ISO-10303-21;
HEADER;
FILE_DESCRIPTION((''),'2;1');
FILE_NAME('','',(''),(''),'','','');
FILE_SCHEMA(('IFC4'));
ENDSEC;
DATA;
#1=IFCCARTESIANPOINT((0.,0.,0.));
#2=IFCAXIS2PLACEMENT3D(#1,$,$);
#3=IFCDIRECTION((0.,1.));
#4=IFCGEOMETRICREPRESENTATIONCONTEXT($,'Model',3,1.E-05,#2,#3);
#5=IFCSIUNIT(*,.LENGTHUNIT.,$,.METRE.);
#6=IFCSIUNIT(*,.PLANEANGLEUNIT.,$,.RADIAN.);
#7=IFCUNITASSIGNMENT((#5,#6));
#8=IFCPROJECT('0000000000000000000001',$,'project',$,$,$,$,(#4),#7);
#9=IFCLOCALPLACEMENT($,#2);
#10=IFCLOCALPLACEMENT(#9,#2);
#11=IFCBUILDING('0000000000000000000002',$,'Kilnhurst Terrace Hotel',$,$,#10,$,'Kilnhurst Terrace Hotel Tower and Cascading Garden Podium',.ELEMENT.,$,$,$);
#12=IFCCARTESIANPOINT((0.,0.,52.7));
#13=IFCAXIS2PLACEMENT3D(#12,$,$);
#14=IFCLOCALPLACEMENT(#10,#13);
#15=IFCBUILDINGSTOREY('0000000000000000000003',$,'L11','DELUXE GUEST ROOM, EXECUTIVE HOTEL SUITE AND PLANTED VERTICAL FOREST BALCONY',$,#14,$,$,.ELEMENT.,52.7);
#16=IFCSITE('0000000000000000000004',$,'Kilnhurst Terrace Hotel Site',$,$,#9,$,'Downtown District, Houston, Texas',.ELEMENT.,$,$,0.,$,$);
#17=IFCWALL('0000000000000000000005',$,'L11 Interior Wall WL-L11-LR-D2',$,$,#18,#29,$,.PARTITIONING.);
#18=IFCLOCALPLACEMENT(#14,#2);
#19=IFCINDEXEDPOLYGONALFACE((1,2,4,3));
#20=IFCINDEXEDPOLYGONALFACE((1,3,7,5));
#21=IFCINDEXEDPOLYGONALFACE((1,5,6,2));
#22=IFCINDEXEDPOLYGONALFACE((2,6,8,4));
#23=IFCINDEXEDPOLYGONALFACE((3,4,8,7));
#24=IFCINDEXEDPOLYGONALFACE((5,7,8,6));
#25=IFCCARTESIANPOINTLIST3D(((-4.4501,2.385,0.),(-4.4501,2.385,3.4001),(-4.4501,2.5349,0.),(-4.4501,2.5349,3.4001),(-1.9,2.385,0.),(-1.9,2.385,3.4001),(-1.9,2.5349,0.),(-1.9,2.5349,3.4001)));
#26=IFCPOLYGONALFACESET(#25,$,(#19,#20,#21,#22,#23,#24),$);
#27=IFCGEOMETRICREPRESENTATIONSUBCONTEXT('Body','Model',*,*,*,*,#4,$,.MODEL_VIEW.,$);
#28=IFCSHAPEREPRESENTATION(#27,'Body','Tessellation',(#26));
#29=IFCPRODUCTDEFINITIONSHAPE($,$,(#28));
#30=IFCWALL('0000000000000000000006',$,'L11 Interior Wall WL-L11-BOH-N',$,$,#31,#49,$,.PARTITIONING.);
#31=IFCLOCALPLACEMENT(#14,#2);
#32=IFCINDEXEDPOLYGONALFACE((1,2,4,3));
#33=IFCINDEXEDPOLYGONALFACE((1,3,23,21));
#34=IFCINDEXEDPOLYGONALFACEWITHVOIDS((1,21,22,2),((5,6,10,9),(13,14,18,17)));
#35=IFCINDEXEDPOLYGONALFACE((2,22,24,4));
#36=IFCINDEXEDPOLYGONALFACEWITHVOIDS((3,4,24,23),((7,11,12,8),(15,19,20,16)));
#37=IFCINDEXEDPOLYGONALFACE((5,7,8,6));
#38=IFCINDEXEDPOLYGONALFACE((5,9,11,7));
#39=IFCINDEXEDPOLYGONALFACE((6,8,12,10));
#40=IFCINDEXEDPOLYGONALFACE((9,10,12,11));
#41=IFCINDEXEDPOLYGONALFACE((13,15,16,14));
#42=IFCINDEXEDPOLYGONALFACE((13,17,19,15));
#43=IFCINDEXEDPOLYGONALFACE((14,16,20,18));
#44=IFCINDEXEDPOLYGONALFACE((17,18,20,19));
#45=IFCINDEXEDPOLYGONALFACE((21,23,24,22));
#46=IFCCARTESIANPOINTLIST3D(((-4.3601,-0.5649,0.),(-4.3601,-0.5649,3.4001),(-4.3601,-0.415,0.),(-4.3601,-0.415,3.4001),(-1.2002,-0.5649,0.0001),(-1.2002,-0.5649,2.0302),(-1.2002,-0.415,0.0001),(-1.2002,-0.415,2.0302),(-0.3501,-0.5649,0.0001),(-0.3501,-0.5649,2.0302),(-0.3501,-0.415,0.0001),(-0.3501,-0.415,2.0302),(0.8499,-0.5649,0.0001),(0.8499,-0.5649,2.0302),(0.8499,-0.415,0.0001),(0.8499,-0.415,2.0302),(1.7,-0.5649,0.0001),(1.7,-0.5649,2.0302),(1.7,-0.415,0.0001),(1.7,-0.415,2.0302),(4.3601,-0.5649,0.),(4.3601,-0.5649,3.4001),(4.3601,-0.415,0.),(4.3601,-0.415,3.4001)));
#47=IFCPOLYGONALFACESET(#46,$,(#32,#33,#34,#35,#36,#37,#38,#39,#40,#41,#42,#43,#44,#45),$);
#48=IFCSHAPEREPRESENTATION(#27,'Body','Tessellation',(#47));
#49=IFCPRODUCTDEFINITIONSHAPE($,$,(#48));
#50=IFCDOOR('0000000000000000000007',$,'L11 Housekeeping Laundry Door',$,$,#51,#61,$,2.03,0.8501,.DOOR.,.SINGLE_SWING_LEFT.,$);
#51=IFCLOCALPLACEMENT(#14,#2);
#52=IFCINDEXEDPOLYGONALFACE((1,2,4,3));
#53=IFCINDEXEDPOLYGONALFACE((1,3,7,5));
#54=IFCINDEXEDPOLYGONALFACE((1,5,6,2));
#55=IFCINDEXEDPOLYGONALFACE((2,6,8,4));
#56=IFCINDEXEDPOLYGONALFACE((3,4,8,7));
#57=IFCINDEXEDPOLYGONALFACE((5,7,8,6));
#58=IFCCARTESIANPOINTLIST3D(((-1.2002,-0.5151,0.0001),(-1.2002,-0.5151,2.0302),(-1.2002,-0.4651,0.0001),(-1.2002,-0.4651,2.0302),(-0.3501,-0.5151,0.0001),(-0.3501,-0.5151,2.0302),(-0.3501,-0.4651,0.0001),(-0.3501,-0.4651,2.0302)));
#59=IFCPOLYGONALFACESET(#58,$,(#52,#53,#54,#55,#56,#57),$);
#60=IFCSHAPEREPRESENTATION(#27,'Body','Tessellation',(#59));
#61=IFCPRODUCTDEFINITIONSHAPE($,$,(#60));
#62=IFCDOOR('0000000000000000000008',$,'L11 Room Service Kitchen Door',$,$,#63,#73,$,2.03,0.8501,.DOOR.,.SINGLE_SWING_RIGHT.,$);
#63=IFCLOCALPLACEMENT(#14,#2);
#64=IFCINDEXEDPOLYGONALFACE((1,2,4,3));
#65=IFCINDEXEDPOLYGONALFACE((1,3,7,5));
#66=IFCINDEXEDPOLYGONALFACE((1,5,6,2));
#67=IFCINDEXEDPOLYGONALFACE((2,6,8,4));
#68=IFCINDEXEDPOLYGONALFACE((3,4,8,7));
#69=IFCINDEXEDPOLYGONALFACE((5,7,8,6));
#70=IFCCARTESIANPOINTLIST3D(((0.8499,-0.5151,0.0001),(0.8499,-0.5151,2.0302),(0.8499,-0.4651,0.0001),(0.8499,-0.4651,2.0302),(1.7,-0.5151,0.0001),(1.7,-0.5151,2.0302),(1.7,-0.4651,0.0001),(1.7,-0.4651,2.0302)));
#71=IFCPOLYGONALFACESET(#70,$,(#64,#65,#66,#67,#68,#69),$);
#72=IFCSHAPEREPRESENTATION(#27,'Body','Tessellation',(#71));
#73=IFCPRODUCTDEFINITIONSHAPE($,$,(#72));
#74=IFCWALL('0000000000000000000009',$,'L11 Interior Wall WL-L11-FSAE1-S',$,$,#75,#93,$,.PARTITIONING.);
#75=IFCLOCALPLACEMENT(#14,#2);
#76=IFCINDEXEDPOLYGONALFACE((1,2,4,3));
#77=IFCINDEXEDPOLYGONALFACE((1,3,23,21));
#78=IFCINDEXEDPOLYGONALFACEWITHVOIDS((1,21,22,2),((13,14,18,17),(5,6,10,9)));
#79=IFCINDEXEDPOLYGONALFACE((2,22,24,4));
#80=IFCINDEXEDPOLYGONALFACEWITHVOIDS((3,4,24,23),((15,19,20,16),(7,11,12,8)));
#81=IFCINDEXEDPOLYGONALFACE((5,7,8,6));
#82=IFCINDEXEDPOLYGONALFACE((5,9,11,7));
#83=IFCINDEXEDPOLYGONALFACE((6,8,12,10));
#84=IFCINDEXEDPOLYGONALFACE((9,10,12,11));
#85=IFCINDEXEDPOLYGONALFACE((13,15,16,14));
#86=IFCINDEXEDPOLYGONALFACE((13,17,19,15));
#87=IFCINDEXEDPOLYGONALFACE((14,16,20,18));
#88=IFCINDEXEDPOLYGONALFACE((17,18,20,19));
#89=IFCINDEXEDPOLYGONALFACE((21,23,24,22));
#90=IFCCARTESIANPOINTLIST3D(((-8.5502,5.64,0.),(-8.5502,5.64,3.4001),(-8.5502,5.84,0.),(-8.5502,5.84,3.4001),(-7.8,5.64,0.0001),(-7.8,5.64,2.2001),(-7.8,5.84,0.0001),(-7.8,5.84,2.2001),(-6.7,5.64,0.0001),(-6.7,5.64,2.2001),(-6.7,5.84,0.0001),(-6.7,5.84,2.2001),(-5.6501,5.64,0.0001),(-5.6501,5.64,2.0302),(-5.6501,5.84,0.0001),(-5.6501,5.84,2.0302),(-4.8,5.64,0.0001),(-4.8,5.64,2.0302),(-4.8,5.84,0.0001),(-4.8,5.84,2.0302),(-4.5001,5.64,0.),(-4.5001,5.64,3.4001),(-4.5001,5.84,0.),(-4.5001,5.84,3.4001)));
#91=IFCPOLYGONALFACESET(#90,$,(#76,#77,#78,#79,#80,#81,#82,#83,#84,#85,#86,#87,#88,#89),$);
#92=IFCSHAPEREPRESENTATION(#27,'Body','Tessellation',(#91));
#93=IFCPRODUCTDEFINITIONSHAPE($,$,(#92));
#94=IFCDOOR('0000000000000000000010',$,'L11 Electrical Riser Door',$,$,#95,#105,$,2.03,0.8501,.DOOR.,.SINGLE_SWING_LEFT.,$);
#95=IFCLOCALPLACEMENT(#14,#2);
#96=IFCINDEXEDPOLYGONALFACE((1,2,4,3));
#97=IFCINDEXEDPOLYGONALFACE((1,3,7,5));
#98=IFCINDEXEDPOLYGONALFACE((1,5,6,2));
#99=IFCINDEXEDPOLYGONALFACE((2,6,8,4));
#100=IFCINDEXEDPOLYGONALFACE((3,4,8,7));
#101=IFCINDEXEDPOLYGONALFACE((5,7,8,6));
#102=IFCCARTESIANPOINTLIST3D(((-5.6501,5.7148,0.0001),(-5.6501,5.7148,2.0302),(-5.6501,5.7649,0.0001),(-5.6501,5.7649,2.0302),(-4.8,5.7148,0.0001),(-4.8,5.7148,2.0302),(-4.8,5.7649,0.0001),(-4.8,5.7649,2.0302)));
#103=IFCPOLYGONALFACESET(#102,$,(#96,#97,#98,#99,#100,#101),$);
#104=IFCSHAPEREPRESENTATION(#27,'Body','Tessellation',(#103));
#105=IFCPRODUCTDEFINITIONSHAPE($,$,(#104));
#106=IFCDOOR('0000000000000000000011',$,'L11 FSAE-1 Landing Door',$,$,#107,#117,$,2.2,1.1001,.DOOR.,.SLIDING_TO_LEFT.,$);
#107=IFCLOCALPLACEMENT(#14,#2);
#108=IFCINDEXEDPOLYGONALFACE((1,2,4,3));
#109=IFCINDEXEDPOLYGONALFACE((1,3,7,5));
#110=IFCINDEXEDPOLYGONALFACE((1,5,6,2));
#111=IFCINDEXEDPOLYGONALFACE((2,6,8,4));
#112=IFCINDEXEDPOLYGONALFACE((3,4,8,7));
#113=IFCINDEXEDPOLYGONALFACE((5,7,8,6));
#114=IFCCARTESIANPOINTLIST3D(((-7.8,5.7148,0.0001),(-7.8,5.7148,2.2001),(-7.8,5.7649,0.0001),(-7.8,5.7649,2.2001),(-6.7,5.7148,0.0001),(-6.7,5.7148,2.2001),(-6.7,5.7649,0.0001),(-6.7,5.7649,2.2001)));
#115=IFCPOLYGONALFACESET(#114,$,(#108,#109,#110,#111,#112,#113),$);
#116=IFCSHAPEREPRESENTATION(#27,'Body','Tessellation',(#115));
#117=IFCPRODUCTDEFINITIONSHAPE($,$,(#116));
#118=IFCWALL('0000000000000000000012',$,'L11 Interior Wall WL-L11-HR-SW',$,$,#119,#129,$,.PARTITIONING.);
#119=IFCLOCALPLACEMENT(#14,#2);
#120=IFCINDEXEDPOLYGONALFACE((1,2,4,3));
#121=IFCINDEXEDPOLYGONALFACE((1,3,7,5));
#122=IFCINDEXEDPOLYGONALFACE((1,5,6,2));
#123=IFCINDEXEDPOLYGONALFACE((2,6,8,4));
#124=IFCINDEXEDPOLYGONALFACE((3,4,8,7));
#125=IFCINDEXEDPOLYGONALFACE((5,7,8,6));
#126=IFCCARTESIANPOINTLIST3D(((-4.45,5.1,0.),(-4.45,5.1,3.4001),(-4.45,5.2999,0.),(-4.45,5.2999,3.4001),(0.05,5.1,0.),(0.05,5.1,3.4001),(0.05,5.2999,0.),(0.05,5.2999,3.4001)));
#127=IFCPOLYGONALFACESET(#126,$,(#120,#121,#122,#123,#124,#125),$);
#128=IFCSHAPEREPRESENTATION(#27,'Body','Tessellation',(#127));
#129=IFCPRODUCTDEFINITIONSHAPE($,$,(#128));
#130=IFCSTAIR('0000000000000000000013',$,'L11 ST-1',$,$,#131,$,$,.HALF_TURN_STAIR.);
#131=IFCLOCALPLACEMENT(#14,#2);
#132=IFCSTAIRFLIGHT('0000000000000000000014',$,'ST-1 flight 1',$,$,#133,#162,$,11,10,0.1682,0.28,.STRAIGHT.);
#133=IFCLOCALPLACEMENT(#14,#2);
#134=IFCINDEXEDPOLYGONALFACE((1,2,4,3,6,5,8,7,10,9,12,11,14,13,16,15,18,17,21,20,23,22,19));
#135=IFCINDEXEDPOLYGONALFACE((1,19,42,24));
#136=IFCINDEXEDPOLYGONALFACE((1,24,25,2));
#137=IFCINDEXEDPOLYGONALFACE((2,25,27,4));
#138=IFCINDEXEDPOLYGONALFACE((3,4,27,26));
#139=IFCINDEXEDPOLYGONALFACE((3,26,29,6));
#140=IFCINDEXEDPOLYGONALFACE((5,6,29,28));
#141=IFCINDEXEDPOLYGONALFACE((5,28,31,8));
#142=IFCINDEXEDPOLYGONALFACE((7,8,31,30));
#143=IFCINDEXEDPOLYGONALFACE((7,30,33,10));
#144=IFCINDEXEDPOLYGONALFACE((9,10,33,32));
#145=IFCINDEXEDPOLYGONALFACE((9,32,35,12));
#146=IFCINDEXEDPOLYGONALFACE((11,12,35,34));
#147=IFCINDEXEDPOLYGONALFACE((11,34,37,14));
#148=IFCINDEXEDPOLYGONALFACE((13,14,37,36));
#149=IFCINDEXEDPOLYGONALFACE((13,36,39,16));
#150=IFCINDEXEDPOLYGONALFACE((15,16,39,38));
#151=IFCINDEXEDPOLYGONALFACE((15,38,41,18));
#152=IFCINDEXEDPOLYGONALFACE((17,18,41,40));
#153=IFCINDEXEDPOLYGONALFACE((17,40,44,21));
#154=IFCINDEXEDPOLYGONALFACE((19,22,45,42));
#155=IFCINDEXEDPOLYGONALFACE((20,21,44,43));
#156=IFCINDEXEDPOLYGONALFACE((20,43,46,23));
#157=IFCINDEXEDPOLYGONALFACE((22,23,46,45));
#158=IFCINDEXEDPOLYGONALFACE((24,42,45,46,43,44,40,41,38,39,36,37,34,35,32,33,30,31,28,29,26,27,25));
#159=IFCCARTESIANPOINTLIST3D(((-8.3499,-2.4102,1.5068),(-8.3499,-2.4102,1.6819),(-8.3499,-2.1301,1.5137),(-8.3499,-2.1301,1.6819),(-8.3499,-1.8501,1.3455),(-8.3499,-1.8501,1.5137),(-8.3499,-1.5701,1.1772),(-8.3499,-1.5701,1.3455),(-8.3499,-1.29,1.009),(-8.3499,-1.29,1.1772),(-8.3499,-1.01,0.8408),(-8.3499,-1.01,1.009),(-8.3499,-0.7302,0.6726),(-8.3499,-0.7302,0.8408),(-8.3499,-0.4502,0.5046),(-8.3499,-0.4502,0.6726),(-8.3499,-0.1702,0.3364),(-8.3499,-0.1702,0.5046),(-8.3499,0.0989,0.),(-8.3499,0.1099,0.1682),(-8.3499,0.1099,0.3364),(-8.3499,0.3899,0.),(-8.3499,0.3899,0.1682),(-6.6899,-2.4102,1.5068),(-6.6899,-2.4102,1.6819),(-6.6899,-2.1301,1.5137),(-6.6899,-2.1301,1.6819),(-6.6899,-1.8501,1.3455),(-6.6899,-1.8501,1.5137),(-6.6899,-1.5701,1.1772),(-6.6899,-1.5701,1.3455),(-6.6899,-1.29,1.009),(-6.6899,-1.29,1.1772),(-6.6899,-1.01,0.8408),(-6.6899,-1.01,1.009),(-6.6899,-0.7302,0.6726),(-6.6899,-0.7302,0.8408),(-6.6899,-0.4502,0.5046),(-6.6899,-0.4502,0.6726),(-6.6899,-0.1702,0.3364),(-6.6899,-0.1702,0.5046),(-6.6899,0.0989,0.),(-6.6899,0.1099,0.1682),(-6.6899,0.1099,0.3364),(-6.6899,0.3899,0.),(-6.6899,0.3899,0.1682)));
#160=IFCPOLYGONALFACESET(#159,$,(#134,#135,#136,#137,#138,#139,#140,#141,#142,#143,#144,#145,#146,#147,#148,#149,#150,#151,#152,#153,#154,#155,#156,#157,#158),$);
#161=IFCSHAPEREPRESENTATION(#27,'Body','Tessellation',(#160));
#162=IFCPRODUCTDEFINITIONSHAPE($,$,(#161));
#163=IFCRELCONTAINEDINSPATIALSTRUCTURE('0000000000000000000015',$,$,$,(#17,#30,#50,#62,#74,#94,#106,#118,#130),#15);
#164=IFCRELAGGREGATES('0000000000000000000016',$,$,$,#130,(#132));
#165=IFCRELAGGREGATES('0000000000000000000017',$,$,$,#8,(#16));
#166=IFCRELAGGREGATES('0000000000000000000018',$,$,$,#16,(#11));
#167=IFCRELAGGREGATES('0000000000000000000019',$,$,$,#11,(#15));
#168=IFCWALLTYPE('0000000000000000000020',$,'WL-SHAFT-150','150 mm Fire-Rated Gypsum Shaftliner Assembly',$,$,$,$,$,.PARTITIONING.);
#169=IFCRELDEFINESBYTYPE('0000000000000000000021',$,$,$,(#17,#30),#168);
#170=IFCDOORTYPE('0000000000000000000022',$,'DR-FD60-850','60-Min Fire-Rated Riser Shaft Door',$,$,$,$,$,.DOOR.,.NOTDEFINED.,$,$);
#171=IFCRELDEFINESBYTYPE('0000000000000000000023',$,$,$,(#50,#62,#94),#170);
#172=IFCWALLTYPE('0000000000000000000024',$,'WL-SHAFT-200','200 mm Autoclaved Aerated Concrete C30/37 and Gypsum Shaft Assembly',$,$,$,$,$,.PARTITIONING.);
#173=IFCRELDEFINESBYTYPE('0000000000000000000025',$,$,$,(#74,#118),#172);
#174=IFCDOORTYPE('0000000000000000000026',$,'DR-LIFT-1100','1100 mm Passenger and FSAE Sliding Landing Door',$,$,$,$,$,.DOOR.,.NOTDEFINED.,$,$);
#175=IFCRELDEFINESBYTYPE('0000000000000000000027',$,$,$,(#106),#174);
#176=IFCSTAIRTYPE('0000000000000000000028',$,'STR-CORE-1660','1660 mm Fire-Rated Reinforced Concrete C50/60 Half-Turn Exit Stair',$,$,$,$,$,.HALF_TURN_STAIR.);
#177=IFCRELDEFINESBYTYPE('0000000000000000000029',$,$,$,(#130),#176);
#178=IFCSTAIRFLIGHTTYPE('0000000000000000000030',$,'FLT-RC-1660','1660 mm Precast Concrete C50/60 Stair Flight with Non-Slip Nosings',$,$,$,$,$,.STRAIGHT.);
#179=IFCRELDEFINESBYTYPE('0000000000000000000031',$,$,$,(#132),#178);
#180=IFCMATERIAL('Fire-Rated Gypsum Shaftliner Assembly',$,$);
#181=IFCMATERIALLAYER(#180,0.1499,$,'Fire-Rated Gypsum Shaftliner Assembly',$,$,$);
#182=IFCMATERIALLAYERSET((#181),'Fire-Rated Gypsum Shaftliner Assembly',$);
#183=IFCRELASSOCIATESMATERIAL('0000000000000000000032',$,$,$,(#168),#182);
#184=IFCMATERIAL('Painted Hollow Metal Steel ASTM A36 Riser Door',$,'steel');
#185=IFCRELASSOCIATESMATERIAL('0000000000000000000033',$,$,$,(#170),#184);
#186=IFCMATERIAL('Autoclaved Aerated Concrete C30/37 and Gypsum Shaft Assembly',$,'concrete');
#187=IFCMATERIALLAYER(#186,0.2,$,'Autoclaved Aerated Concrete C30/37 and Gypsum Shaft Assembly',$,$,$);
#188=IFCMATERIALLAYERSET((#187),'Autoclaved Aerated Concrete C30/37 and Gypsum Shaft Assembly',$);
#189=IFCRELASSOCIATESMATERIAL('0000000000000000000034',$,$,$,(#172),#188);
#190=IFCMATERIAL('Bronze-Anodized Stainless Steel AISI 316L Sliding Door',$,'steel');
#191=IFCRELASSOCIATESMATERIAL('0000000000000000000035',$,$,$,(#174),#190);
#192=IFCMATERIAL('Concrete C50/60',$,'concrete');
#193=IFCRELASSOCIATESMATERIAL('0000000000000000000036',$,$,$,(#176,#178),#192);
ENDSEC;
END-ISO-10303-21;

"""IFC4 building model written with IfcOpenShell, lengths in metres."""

from ifc_helpers import new_model, si_unit, direction, frame, frame_2d, origin, place, context, subcontext, project, spatial, polyline, rectangle, outline, extrude, material, layer, layer_set, type_object, element, fill, aggregate, save


model = new_model("IFC4")

# Units and contexts
model_context = context("Model", 3, precision=1e-05, world=origin(), true_north=direction((0.0, 1.0)))
body_context = subcontext(model_context, "Body", "Model", "MODEL_VIEW")
ifc_project = project(units=[si_unit("LENGTHUNIT", "METRE"), si_unit("PLANEANGLEUNIT", "RADIAN")], contexts=[model_context])

# Site, building, storey
site_placement = place(None, origin())
site = spatial("IfcSite", under=ifc_project, at=site_placement, Name="Kilnhurst Terrace Hotel Site", LongName="Downtown District, Houston, Texas", CompositionType="ELEMENT", RefElevation=0.0)
building_placement = place(site_placement, origin())
building = spatial("IfcBuilding", under=site, at=building_placement, Name="Kilnhurst Terrace Hotel", LongName="Kilnhurst Terrace Hotel Tower and Cascading Garden Podium", CompositionType="ELEMENT")
storey_placement = place(building_placement, frame((0.0, 0.0, 52.7)))
storey = spatial("IfcBuildingStorey", under=building, at=storey_placement, Name="L11", Description="DELUXE GUEST ROOM, EXECUTIVE HOTEL SUITE AND PLANTED VERTICAL FOREST BALCONY", CompositionType="ELEMENT", Elevation=52.7)

# Shared definitions
ifc_material_1 = material(Name="Concrete C50/60", Category="concrete")

# Wall
ifc_material_2 = material(Name="Fire-Rated Gypsum Shaftliner Assembly")
ifc_layer_1 = layer(ifc_material_2, 0.1499, Name="Fire-Rated Gypsum Shaftliner Assembly")
ifc_layer_set_1 = layer_set([ifc_layer_1], Name="Fire-Rated Gypsum Shaftliner Assembly")
wall_type_1 = type_object("IfcWallType", Name="WL-SHAFT-150", Description="150 mm Fire-Rated Gypsum Shaftliner Assembly", PredefinedType="PARTITIONING", material=ifc_layer_set_1)
for number, where, z_axis, x_axis, name in (
    (1, (-4.45, 2.46, 0.0), (0.0, 0.0, 1.0), (1.0, 0.0, 0.0), "L11 Interior Wall WL-L11-LR-D2"),
):
    element("IfcWall", number, at=place(storey_placement, frame(where, z_axis=z_axis, x_axis=x_axis)), inside=storey, type_object=wall_type_1, Name=name, PredefinedType="PARTITIONING", context=body_context, shape_type="SweptSolid", body=[
        extrude(rectangle(XDim=2.55, YDim=0.1499, at=frame_2d((1.2749, 0.0))), origin(), (0.0, 0.0, 1.0), 3.4001),
    ])

# Walls, openings, doors
wall_1_placement = place(storey_placement, frame((-4.3601, -0.49, 0.0), z_axis=(0.0, 0.0, 1.0), x_axis=(1.0, 0.0, 0.0)))
wall_1 = element("IfcWall", 2, at=wall_1_placement, inside=storey, type_object=wall_type_1, Name="L11 Interior Wall WL-L11-BOH-N", PredefinedType="PARTITIONING", context=body_context, shape_type="SweptSolid", body=[
    extrude(rectangle(XDim=8.7202, YDim=0.1499, at=frame_2d((4.3601, 0.0))), origin(), (0.0, 0.0, 1.0), 3.4001),
])
opening_1_placement = place(wall_1_placement, frame((3.1599, 0.0, 0.0)))
opening_1 = element("IfcOpeningElement", 3, at=opening_1_placement, cuts=wall_1, PredefinedType="OPENING", context=body_context, shape_type="SweptSolid", body=[
    extrude(rectangle(XDim=0.8501, YDim=2.03, at=frame_2d((0.425, 1.0151))), frame((0.0, 0.085, 0.0), z_axis=(0.0, -1.0, 0.0), x_axis=(1.0, 0.0, 0.0)), (0.0, 0.0, 1.0), 0.1699),
])
opening_2_placement = place(wall_1_placement, frame((5.21, 0.0, 0.0)))
opening_2 = element("IfcOpeningElement", 4, at=opening_2_placement, cuts=wall_1, PredefinedType="OPENING", context=body_context, shape_type="SweptSolid", body=[
    extrude(rectangle(XDim=0.8501, YDim=2.03, at=frame_2d((0.425, 1.0151))), frame((0.0, 0.085, 0.0), z_axis=(0.0, -1.0, 0.0), x_axis=(1.0, 0.0, 0.0)), (0.0, 0.0, 1.0), 0.1699),
])
ifc_material_3 = material(Name="Painted Hollow Metal Steel ASTM A36 Riser Door", Category="steel")
door_type_1 = type_object("IfcDoorType", Name="DR-FD60-850", Description="60-Min Fire-Rated Riser Shaft Door", OperationType="NOTDEFINED", PredefinedType="DOOR", material=ifc_material_3)
door_1_placement = place(opening_1_placement, origin())
door_1 = element("IfcDoor", 5, at=door_1_placement, inside=storey, type_object=door_type_1, Name="L11 Housekeeping Laundry Door", OperationType="SINGLE_SWING_LEFT", OverallHeight=2.03, OverallWidth=0.8501, PredefinedType="DOOR", context=body_context, shape_type="SweptSolid", body=[
    extrude(rectangle(XDim=0.8501, YDim=2.03, at=frame_2d((0.425, 1.0151))), frame((0.0, 0.0249, 0.0), z_axis=(0.0, -1.0, 0.0), x_axis=(1.0, 0.0, 0.0)), (0.0, 0.0, 1.0), 0.05),
])
fill(opening_1, door_1)
door_2_placement = place(opening_2_placement, origin())
door_2 = element("IfcDoor", 6, at=door_2_placement, inside=storey, type_object=door_type_1, Name="L11 Room Service Kitchen Door", OperationType="SINGLE_SWING_RIGHT", OverallHeight=2.03, OverallWidth=0.8501, PredefinedType="DOOR", context=body_context, shape_type="SweptSolid", body=[
    extrude(rectangle(XDim=0.8501, YDim=2.03, at=frame_2d((0.425, 1.0151))), frame((0.0, 0.0249, 0.0), z_axis=(0.0, -1.0, 0.0), x_axis=(1.0, 0.0, 0.0)), (0.0, 0.0, 1.0), 0.05),
])
fill(opening_2, door_2)
ifc_material_4 = material(Name="Autoclaved Aerated Concrete C30/37 and Gypsum Shaft Assembly", Category="concrete")
ifc_layer_2 = layer(ifc_material_4, 0.2, Name="Autoclaved Aerated Concrete C30/37 and Gypsum Shaft Assembly")
ifc_layer_set_2 = layer_set([ifc_layer_2], Name="Autoclaved Aerated Concrete C30/37 and Gypsum Shaft Assembly")
wall_type_2 = type_object("IfcWallType", Name="WL-SHAFT-200", Description="200 mm Autoclaved Aerated Concrete C30/37 and Gypsum Shaft Assembly", PredefinedType="PARTITIONING", material=ifc_layer_set_2)
wall_2_placement = place(storey_placement, frame((-8.55, 5.74, 0.0), z_axis=(0.0, 0.0, 1.0), x_axis=(1.0, 0.0, 0.0)))
wall_2 = element("IfcWall", 7, at=wall_2_placement, inside=storey, type_object=wall_type_2, Name="L11 Interior Wall WL-L11-FSAE1-S", PredefinedType="PARTITIONING", context=body_context, shape_type="SweptSolid", body=[
    extrude(rectangle(XDim=4.05, YDim=0.2, at=frame_2d((2.0249, 0.0))), origin(), (0.0, 0.0, 1.0), 3.4001),
])
opening_3_placement = place(wall_2_placement, frame((0.75, 0.0, 0.0)))
opening_3 = element("IfcOpeningElement", 8, at=opening_3_placement, cuts=wall_2, PredefinedType="OPENING", context=body_context, shape_type="SweptSolid", body=[
    extrude(rectangle(XDim=1.1001, YDim=2.2, at=frame_2d((0.55, 1.1001))), frame((0.0, 0.1099, 0.0), z_axis=(0.0, -1.0, 0.0), x_axis=(1.0, 0.0, 0.0)), (0.0, 0.0, 1.0), 0.22),
])
opening_4_placement = place(wall_2_placement, frame((2.8999, 0.0, 0.0)))
opening_4 = element("IfcOpeningElement", 9, at=opening_4_placement, cuts=wall_2, PredefinedType="OPENING", context=body_context, shape_type="SweptSolid", body=[
    extrude(rectangle(XDim=0.8501, YDim=2.03, at=frame_2d((0.425, 1.0151))), frame((0.0, 0.1099, 0.0), z_axis=(0.0, -1.0, 0.0), x_axis=(1.0, 0.0, 0.0)), (0.0, 0.0, 1.0), 0.22),
])
door_3_placement = place(opening_4_placement, origin())
door_3 = element("IfcDoor", 10, at=door_3_placement, inside=storey, type_object=door_type_1, Name="L11 Electrical Riser Door", OperationType="SINGLE_SWING_LEFT", OverallHeight=2.03, OverallWidth=0.8501, PredefinedType="DOOR", context=body_context, shape_type="SweptSolid", body=[
    extrude(rectangle(XDim=0.8501, YDim=2.03, at=frame_2d((0.425, 1.0151))), frame((0.0, 0.0249, 0.0), z_axis=(0.0, -1.0, 0.0), x_axis=(1.0, 0.0, 0.0)), (0.0, 0.0, 1.0), 0.05),
])
fill(opening_4, door_3)
ifc_material_5 = material(Name="Bronze-Anodized Stainless Steel AISI 316L Sliding Door", Category="steel")
door_type_2 = type_object("IfcDoorType", Name="DR-LIFT-1100", Description="1100 mm Passenger and FSAE Sliding Landing Door", OperationType="NOTDEFINED", PredefinedType="DOOR", material=ifc_material_5)
door_4_placement = place(opening_3_placement, origin())
door_4 = element("IfcDoor", 11, at=door_4_placement, inside=storey, type_object=door_type_2, Name="L11 FSAE-1 Landing Door", OperationType="SLIDING_TO_LEFT", OverallHeight=2.2, OverallWidth=1.1001, PredefinedType="DOOR", context=body_context, shape_type="SweptSolid", body=[
    extrude(rectangle(XDim=1.1001, YDim=2.2, at=frame_2d((0.55, 1.1001))), frame((0.0, 0.0249, 0.0), z_axis=(0.0, -1.0, 0.0), x_axis=(1.0, 0.0, 0.0)), (0.0, 0.0, 1.0), 0.05),
])
fill(opening_3, door_4)

# Wall
wall_3_placement = place(storey_placement, frame((-4.45, 5.2, 0.0), z_axis=(0.0, 0.0, 1.0), x_axis=(1.0, 0.0, 0.0)))
element("IfcWall", 12, at=wall_3_placement, inside=storey, type_object=wall_type_2, Name="L11 Interior Wall WL-L11-HR-SW", PredefinedType="PARTITIONING", context=body_context, shape_type="SweptSolid", body=[
    extrude(rectangle(XDim=4.5, YDim=0.2, at=frame_2d((2.25, 0.0))), origin(), (0.0, 0.0, 1.0), 3.4001),
])

# Stair, stair flight
stair_type = type_object("IfcStairType", Name="STR-CORE-1660", Description="1660 mm Fire-Rated Reinforced Concrete C50/60 Half-Turn Exit Stair", PredefinedType="HALF_TURN_STAIR", material=ifc_material_1)
stair_placement = place(storey_placement, origin())
stair = element("IfcStair", 13, at=stair_placement, inside=storey, type_object=stair_type, Name="L11 ST-1", PredefinedType="HALF_TURN_STAIR")
stair_flight_type = type_object("IfcStairFlightType", Name="FLT-RC-1660", Description="1660 mm Precast Concrete C50/60 Stair Flight with Non-Slip Nosings", PredefinedType="STRAIGHT", material=ifc_material_1)
stair_flight_placement = place(storey_placement, frame((-7.52, 0.3899, 0.0), z_axis=(0.0, 0.0, 1.0), x_axis=(0.0, -1.0, 0.0)))
stair_flight = element("IfcStairFlight", 14, at=stair_flight_placement, type_object=stair_flight_type, Name="ST-1 flight 1", NumberOfRisers=11, NumberOfTreads=10, PredefinedType="STRAIGHT", RiserHeight=0.1682, TreadLength=0.28, context=body_context, shape_type="SweptSolid", body=[
    extrude(outline(polyline([(0.0, 0.0), (0.0, 0.1682), (0.28, 0.1682), (0.28, 0.3364), (0.5601, 0.3364), (0.5601, 0.5046), (0.8401, 0.5046), (0.8401, 0.6726), (1.1201, 0.6726), (1.1201, 0.8408), (1.3999, 0.8408), (1.3999, 1.009), (1.6799, 1.009), (1.6799, 1.1772), (1.96, 1.1772), (1.96, 1.3455), (2.24, 1.3455), (2.24, 1.5137), (2.52, 1.5137), (2.52, 1.6819), (2.8, 1.6819), (2.8, 1.8501), (2.8, 1.5068), (0.291, 0.0), (0.0, 0.0)])), frame((0.0, 0.8301, 0.0), z_axis=(0.0, -1.0, 0.0), x_axis=(1.0, 0.0, 0.0)), (0.0, 0.0, 1.0), 1.6599),
])
aggregate(stair, [stair_flight])

save(model, "model.ifc")
